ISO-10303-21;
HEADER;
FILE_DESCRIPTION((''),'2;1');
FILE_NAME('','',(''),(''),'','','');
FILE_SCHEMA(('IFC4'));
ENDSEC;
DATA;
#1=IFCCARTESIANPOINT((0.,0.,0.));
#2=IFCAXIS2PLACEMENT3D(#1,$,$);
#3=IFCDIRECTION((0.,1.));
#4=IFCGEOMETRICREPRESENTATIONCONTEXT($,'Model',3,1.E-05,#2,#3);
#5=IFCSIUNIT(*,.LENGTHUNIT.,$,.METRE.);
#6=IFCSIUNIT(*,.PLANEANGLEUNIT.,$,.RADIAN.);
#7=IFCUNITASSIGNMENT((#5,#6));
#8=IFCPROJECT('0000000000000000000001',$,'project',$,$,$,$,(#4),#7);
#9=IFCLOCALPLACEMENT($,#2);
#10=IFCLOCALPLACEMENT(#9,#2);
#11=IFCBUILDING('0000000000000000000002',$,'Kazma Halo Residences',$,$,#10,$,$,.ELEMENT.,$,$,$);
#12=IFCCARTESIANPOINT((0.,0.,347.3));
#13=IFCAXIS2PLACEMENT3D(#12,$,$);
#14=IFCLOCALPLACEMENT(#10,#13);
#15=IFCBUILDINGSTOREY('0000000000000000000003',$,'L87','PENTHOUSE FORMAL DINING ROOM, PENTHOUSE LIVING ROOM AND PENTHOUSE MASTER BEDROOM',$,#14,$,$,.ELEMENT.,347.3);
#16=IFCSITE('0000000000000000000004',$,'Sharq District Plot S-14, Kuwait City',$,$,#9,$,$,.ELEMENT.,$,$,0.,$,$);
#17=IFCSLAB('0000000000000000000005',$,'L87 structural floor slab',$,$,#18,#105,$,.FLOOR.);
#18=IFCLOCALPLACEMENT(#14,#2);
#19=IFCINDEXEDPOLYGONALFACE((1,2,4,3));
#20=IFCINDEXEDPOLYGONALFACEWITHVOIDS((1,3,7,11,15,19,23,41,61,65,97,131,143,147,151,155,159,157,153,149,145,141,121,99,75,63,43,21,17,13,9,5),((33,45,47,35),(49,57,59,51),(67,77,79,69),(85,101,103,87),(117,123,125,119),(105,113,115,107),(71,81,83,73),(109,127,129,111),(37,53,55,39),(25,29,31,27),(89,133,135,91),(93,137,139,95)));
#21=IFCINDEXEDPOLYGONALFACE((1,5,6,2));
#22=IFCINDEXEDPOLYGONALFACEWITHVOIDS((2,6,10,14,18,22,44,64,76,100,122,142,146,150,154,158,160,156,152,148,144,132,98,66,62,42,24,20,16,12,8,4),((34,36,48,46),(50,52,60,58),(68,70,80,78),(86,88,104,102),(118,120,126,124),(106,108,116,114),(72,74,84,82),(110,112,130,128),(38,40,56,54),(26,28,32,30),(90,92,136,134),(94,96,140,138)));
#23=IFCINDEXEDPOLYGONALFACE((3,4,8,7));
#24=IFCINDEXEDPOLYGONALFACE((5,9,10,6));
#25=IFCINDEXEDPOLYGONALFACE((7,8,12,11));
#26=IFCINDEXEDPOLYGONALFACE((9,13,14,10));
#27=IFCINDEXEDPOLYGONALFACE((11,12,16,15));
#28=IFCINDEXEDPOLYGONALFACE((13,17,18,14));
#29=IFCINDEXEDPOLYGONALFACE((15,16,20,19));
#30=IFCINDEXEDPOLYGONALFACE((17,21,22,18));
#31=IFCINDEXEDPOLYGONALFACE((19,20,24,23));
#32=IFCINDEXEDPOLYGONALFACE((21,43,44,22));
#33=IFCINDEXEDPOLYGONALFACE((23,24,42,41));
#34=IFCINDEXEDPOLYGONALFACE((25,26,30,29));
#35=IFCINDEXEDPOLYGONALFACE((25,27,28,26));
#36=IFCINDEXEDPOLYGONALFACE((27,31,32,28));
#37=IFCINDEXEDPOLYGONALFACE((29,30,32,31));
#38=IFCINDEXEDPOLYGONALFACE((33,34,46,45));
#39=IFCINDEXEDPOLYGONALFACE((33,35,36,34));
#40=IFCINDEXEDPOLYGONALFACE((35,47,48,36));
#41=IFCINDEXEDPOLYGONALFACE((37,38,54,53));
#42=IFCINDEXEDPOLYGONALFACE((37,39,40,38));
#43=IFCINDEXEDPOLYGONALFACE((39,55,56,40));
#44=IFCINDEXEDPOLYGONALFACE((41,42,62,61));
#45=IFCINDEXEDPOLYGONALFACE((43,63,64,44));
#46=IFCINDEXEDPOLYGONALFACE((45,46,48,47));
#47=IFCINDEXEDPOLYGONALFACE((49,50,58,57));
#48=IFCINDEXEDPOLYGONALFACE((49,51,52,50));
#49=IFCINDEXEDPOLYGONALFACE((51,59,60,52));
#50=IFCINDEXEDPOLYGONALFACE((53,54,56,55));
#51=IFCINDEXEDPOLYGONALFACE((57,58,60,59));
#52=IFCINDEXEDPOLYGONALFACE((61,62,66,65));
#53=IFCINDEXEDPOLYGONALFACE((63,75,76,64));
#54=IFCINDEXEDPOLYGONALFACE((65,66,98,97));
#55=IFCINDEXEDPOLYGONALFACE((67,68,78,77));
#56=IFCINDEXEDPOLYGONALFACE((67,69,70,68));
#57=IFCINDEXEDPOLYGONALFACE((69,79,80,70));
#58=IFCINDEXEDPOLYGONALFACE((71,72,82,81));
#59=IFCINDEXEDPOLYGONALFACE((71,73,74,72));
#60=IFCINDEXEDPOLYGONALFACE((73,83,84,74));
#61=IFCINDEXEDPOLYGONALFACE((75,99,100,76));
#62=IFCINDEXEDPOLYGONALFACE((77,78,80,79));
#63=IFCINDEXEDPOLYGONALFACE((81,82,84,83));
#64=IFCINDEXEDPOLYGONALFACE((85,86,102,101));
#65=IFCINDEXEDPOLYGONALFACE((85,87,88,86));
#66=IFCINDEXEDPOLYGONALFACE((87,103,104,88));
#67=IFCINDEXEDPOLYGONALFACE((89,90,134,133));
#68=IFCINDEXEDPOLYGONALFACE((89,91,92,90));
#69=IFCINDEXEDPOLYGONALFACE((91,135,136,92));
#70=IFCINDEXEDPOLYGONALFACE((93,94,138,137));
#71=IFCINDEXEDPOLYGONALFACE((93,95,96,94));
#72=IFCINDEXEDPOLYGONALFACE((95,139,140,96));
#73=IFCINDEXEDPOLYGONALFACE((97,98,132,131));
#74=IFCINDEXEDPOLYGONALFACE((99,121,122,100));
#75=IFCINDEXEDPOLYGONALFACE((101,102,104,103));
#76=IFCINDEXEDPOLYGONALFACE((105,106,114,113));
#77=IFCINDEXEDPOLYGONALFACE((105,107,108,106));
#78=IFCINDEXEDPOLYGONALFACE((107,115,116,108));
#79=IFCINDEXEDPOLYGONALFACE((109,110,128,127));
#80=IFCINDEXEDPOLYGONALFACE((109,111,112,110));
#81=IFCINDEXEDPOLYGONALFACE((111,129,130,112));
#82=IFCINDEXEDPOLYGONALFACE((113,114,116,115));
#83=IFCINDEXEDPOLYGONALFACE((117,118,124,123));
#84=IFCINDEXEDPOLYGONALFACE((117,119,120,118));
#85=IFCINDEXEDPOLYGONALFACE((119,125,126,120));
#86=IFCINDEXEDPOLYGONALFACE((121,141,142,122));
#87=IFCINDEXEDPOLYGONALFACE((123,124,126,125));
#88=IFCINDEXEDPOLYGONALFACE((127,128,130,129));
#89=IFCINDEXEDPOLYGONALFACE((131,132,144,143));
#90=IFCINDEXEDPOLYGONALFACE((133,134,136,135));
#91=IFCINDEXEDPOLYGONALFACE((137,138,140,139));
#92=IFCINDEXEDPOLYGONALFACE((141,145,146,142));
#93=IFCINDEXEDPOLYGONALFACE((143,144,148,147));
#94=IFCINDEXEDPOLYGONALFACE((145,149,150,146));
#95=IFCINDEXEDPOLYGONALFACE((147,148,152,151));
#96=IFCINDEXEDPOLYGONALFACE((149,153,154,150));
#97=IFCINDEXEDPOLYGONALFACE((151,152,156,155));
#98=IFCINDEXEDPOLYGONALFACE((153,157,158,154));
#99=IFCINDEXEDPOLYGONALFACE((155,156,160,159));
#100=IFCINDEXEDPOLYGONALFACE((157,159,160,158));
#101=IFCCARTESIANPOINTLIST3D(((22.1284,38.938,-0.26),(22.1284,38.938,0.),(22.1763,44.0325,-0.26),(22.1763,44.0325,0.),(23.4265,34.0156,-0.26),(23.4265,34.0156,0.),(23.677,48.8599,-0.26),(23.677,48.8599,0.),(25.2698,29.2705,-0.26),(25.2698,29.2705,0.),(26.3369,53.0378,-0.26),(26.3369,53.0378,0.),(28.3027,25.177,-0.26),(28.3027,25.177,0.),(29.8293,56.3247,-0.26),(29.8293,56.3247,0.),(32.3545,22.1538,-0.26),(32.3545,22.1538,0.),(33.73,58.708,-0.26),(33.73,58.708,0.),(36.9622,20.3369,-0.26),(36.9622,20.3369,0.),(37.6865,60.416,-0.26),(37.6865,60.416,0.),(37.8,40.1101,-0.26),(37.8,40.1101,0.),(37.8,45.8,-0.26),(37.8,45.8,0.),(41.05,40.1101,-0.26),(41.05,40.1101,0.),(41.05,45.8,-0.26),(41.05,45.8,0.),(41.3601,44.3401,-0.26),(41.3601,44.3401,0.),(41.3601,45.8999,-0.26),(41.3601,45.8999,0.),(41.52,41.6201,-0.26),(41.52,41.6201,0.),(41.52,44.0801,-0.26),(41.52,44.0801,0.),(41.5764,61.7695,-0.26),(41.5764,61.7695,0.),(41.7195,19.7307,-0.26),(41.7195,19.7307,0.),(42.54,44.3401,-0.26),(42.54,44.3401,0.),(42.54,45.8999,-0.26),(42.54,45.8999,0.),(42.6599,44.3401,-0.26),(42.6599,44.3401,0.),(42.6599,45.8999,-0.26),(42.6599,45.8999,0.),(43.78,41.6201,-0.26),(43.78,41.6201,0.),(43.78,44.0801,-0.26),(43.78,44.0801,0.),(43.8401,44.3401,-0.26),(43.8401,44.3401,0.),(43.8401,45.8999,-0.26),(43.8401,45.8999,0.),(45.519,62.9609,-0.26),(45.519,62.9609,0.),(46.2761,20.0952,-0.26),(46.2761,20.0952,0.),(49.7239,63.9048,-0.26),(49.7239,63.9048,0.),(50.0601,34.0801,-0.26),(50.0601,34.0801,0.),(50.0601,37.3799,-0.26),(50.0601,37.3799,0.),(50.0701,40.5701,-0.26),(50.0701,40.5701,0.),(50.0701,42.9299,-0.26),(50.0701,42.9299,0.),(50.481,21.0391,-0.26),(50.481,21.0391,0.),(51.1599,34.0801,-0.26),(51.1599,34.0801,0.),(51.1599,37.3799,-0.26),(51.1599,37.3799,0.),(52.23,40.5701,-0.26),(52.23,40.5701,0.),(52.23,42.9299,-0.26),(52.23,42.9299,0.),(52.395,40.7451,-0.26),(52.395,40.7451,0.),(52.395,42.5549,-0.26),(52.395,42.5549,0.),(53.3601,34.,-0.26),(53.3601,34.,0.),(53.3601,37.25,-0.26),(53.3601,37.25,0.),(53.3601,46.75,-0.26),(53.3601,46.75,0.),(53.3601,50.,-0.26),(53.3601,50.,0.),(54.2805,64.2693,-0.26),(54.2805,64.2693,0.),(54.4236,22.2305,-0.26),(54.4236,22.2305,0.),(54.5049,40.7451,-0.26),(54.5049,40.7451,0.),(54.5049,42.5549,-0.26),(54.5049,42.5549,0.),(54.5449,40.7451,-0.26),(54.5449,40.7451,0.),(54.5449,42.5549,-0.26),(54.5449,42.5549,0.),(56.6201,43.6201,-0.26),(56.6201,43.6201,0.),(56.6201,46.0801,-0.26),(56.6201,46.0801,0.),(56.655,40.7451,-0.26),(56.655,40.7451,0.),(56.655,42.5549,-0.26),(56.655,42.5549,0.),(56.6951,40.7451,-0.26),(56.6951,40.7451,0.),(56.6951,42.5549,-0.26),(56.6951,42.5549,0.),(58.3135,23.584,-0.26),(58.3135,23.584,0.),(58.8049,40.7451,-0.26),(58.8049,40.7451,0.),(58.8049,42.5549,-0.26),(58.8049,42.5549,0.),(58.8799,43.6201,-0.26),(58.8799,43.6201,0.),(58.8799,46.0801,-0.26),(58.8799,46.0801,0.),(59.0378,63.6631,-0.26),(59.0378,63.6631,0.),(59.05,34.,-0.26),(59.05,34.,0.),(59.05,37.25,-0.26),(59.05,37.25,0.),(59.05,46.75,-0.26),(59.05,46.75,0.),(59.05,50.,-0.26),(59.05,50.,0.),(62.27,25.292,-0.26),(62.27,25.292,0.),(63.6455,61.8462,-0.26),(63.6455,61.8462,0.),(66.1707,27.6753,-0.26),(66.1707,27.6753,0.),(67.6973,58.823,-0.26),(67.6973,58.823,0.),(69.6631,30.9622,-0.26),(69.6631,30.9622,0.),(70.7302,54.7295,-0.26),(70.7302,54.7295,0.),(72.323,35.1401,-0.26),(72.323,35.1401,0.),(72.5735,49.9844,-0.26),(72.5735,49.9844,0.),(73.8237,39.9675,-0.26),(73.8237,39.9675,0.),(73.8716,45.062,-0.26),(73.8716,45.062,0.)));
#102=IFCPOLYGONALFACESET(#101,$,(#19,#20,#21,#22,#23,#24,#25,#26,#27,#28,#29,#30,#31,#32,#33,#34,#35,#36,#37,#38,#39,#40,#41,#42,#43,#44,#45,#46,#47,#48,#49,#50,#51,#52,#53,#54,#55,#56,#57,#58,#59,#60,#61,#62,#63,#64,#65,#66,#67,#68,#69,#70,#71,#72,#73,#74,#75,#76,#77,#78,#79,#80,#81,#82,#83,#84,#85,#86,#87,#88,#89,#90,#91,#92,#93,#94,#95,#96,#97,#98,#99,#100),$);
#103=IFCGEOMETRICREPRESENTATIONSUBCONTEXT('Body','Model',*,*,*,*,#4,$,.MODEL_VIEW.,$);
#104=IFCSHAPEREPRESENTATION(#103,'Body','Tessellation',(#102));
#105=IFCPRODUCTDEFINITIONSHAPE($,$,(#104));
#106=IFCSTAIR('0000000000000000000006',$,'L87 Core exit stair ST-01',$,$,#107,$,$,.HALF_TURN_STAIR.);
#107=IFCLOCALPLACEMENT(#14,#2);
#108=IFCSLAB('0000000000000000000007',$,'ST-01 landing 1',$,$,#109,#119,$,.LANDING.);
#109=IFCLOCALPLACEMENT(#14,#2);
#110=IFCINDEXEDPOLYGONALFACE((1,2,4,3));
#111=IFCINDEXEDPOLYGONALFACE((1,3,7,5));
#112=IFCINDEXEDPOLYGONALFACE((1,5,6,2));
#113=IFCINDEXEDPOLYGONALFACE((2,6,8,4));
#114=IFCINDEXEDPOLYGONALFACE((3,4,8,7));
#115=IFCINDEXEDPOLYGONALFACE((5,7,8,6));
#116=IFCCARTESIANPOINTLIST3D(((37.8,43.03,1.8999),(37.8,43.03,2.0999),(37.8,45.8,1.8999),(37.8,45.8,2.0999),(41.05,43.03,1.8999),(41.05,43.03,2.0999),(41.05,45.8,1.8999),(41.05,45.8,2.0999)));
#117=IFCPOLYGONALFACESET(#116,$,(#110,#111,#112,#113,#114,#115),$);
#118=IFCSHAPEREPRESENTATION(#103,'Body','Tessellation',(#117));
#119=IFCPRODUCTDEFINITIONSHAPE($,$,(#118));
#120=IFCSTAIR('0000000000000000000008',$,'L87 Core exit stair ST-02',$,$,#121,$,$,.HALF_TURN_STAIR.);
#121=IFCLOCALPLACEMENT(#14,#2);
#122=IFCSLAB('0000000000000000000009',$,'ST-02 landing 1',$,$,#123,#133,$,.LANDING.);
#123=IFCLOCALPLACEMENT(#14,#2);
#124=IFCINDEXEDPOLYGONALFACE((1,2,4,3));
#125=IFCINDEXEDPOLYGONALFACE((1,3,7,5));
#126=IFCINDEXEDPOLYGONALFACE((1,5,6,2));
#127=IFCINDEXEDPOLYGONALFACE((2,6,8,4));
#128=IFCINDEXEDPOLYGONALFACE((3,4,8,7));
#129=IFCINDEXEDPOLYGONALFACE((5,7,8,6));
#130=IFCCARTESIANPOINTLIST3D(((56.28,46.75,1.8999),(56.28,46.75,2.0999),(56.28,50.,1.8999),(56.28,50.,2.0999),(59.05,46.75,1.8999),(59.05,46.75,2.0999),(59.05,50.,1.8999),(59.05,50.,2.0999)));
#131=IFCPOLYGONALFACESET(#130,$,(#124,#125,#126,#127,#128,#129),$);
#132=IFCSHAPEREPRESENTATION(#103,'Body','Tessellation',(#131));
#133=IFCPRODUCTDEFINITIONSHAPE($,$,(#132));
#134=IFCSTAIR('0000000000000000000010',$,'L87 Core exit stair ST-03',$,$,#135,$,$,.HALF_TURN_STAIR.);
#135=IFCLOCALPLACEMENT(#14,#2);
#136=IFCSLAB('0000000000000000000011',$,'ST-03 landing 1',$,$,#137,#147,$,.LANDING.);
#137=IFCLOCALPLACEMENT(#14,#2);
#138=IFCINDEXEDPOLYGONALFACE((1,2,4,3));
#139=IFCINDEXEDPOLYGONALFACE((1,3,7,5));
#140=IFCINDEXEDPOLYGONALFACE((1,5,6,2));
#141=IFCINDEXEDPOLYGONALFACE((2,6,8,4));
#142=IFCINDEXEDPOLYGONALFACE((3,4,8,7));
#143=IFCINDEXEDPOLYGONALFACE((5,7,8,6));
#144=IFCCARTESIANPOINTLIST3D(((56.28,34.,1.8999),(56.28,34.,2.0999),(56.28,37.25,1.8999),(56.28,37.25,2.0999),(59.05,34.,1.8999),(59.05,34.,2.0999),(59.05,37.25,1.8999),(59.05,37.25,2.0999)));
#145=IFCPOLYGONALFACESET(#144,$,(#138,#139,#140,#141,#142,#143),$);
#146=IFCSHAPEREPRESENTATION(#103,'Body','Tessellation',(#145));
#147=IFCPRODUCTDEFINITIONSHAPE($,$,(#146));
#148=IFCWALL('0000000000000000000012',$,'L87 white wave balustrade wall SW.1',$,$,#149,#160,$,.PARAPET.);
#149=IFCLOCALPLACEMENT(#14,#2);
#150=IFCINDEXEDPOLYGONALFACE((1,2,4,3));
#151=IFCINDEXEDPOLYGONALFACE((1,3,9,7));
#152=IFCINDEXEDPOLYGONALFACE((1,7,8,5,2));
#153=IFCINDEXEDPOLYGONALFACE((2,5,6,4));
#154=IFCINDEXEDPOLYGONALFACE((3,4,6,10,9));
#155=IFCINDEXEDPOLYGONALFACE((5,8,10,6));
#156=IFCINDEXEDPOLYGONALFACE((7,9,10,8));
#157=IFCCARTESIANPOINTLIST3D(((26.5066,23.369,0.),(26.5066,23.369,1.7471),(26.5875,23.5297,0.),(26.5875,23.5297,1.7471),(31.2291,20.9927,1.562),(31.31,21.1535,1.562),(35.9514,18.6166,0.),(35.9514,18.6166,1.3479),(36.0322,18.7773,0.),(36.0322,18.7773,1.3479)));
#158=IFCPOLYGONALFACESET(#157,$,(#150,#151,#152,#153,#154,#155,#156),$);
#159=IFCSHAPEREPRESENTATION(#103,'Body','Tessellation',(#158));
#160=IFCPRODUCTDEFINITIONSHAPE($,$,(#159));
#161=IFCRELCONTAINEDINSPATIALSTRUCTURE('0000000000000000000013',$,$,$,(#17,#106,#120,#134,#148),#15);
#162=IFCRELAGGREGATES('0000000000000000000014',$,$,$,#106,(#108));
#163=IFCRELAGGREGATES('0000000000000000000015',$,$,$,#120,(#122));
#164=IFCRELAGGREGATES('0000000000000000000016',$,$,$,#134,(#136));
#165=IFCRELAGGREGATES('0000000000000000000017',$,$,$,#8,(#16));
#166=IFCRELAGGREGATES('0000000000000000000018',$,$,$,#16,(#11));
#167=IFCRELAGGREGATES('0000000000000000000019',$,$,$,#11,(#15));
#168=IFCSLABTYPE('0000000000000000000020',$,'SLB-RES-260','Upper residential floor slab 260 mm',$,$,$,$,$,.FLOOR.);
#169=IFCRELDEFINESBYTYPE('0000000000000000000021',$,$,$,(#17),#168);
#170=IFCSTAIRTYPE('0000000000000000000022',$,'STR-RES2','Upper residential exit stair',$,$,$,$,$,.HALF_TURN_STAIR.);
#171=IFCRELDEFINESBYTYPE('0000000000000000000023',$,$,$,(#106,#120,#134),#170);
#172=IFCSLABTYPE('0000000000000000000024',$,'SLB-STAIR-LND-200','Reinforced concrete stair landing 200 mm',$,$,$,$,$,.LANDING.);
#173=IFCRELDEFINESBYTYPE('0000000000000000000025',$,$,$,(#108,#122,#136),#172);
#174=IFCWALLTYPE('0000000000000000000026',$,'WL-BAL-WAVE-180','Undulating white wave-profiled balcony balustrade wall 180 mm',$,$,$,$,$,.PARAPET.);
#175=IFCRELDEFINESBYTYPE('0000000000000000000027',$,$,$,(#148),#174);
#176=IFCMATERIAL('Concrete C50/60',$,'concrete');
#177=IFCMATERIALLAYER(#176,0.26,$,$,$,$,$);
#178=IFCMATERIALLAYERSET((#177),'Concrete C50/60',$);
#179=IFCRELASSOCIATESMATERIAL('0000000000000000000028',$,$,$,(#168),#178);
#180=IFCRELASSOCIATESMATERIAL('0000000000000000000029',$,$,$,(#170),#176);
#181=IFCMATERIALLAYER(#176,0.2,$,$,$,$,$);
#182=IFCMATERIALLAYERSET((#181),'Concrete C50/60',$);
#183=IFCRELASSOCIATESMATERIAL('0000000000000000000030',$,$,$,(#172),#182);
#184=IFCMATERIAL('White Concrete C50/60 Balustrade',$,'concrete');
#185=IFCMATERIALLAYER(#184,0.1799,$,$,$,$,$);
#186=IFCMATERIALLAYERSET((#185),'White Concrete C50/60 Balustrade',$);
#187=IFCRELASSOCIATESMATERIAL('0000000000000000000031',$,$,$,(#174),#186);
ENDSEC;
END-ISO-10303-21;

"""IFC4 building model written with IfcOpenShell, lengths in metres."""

from ifc_helpers import new_model, si_unit, direction, frame, origin, place, context, subcontext, project, spatial, polyline, outline, extrude, material, layer, layer_set, type_object, element, aggregate, save


model = new_model("IFC4")

# Units and contexts
model_context = context("Model", 3, precision=1e-05, world=origin(), true_north=direction((0.0, 1.0)))
body_context = subcontext(model_context, "Body", "Model", "MODEL_VIEW")
ifc_project = project(units=[si_unit("LENGTHUNIT", "METRE"), si_unit("PLANEANGLEUNIT", "RADIAN")], contexts=[model_context])

# Site, building, storey
site_placement = place(None, origin())
site = spatial("IfcSite", under=ifc_project, at=site_placement, Name="Sharq District Plot S-14, Kuwait City", CompositionType="ELEMENT", RefElevation=0.0)
building_placement = place(site_placement, origin())
building = spatial("IfcBuilding", under=site, at=building_placement, Name="Kazma Halo Residences", CompositionType="ELEMENT")
storey_placement = place(building_placement, frame((0.0, 0.0, 347.3)))
storey = spatial("IfcBuildingStorey", under=building, at=storey_placement, Name="L87", Description="PENTHOUSE FORMAL DINING ROOM, PENTHOUSE LIVING ROOM AND PENTHOUSE MASTER BEDROOM", CompositionType="ELEMENT", Elevation=347.3)

# Slab
ifc_material_1 = material(Name="Concrete C50/60", Category="concrete")
ifc_layer_1 = layer(ifc_material_1, 0.26)
ifc_layer_set_1 = layer_set([ifc_layer_1], Name="Concrete C50/60")
slab_type_1 = type_object("IfcSlabType", Name="SLB-RES-260", Description="Upper residential floor slab 260 mm", PredefinedType="FLOOR", material=ifc_layer_set_1)
slab_1_placement = place(storey_placement, frame((0.0, 0.0, -0.26)))
element("IfcSlab", 1, at=slab_1_placement, inside=storey, type_object=slab_type_1, Name="L87 structural floor slab", PredefinedType="FLOOR", context=body_context, shape_type="SweptSolid", body=[
    extrude(outline(polyline([(72.5735, 49.9844), (70.7302, 54.7295), (67.6973, 58.823), (63.6455, 61.8462), (59.0378, 63.6631), (54.2805, 64.2693), (49.7239, 63.9048), (45.519, 62.9609), (41.5764, 61.7695), (37.6865, 60.416), (33.73, 58.708), (29.8293, 56.3247), (26.3369, 53.0378), (23.677, 48.8599), (22.1763, 44.0325), (22.1284, 38.938), (23.4265, 34.0156), (25.2698, 29.2705), (28.3027, 25.177), (32.3545, 22.1538), (36.9622, 20.3369), (41.7195, 19.7307), (46.2761, 20.0952), (50.481, 21.0391), (54.4236, 22.2305), (58.3135, 23.584), (62.27, 25.292), (66.1707, 27.6753), (69.6631, 30.9622), (72.323, 35.1401), (73.8237, 39.9675), (73.8716, 45.062), (72.5735, 49.9844)]), holes=[polyline([(37.8, 40.1101), (41.05, 40.1101), (41.05, 45.8), (37.8, 45.8), (37.8, 40.1101)]), polyline([(53.3601, 46.75), (59.05, 46.75), (59.05, 50.0), (53.3601, 50.0), (53.3601, 46.75)]), polyline([(53.3601, 34.0), (59.05, 34.0), (59.05, 37.25), (53.3601, 37.25), (53.3601, 34.0)]), polyline([(41.52, 41.6201), (43.78, 41.6201), (43.78, 44.0801), (41.52, 44.0801), (41.52, 41.6201)]), polyline([(56.6201, 43.6201), (58.8799, 43.6201), (58.8799, 46.0801), (56.6201, 46.0801), (56.6201, 43.6201)]), polyline([(52.395, 40.7451), (54.5049, 40.7451), (54.5049, 42.5549), (52.395, 42.5549), (52.395, 40.7451)]), polyline([(54.5449, 40.7451), (56.655, 40.7451), (56.655, 42.5549), (54.5449, 42.5549), (54.5449, 40.7451)]), polyline([(56.6951, 40.7451), (58.8049, 40.7451), (58.8049, 42.5549), (56.6951, 42.5549), (56.6951, 40.7451)]), polyline([(50.0701, 40.5701), (52.23, 40.5701), (52.23, 42.9299), (50.0701, 42.9299), (50.0701, 40.5701)]), polyline([(41.3601, 44.3401), (42.54, 44.3401), (42.54, 45.8999), (41.3601, 45.8999), (41.3601, 44.3401)]), polyline([(42.6599, 44.3401), (43.8401, 44.3401), (43.8401, 45.8999), (42.6599, 45.8999), (42.6599, 44.3401)]), polyline([(50.0601, 34.0801), (51.1599, 34.0801), (51.1599, 37.3799), (50.0601, 37.3799), (50.0601, 34.0801)])]), origin(), (0.0, 0.0, 1.0), 0.26),
])

# Stairs, slabs
stair_type = type_object("IfcStairType", Name="STR-RES2", Description="Upper residential exit stair", PredefinedType="HALF_TURN_STAIR", material=ifc_material_1)
stair_1_placement = place(storey_placement, origin())
stair_1 = element("IfcStair", 2, at=stair_1_placement, inside=storey, type_object=stair_type, Name="L87 Core exit stair ST-01", PredefinedType="HALF_TURN_STAIR")
ifc_layer_2 = layer(ifc_material_1, 0.2)
ifc_layer_set_2 = layer_set([ifc_layer_2], Name="Concrete C50/60")
slab_type_2 = type_object("IfcSlabType", Name="SLB-STAIR-LND-200", Description="Reinforced concrete stair landing 200 mm", PredefinedType="LANDING", material=ifc_layer_set_2)
slab_2_placement = place(storey_placement, frame((0.0, 0.0, 1.8999)))
slab_2 = element("IfcSlab", 3, at=slab_2_placement, type_object=slab_type_2, Name="ST-01 landing 1", PredefinedType="LANDING", context=body_context, shape_type="SweptSolid", body=[
    extrude(outline(polyline([(41.05, 43.03), (41.05, 45.8), (37.8, 45.8), (37.8, 43.03), (41.05, 43.03)])), origin(), (0.0, 0.0, 1.0), 0.2),
])
aggregate(stair_1, [slab_2])
stair_2_placement = place(storey_placement, origin())
stair_2 = element("IfcStair", 4, at=stair_2_placement, inside=storey, type_object=stair_type, Name="L87 Core exit stair ST-02", PredefinedType="HALF_TURN_STAIR")
slab_3_placement = place(storey_placement, frame((0.0, 0.0, 1.8999)))
slab_3 = element("IfcSlab", 5, at=slab_3_placement, type_object=slab_type_2, Name="ST-02 landing 1", PredefinedType="LANDING", context=body_context, shape_type="SweptSolid", body=[
    extrude(outline(polyline([(56.28, 46.75), (59.05, 46.75), (59.05, 50.0), (56.28, 50.0), (56.28, 46.75)])), origin(), (0.0, 0.0, 1.0), 0.2),
])
aggregate(stair_2, [slab_3])
stair_3_placement = place(storey_placement, origin())
stair_3 = element("IfcStair", 6, at=stair_3_placement, inside=storey, type_object=stair_type, Name="L87 Core exit stair ST-03", PredefinedType="HALF_TURN_STAIR")
slab_4_placement = place(storey_placement, frame((0.0, 0.0, 1.8999)))
slab_4 = element("IfcSlab", 7, at=slab_4_placement, type_object=slab_type_2, Name="ST-03 landing 1", PredefinedType="LANDING", context=body_context, shape_type="SweptSolid", body=[
    extrude(outline(polyline([(56.28, 34.0), (59.05, 34.0), (59.05, 37.25), (56.28, 37.25), (56.28, 34.0)])), origin(), (0.0, 0.0, 1.0), 0.2),
])
aggregate(stair_3, [slab_4])

# Wall
ifc_material_2 = material(Name="White Concrete C50/60 Balustrade", Category="concrete")
ifc_layer_3 = layer(ifc_material_2, 0.1799)
ifc_layer_set_3 = layer_set([ifc_layer_3], Name="White Concrete C50/60 Balustrade")
wall_type_1 = type_object("IfcWallType", Name="WL-BAL-WAVE-180", Description="Undulating white wave-profiled balcony balustrade wall 180 mm", PredefinedType="PARAPET", material=ifc_layer_set_3)
wall_1_placement = place(storey_placement, frame((26.5471, 23.4495, 0.0), z_axis=(0.0, 0.0, 1.0), x_axis=(0.893288, -0.449484, 0.0)))
element("IfcWall", 8, at=wall_1_placement, inside=storey, type_object=wall_type_1, Name="L87 white wave balustrade wall SW.1", PredefinedType="PARAPET", context=body_context, shape_type="SweptSolid", body=[
    extrude(outline(polyline([(0.0, 0.0), (10.573, 0.0), (10.573, 1.3479), (5.2866, 1.562), (0.0, 1.7471), (0.0, 0.0)])), frame((0.0, 0.0898, 0.0), z_axis=(0.0, -1.0, 0.0), x_axis=(1.0, 0.0, 0.0)), (0.0, 0.0, 1.0), 0.1799),
])

save(model, "model.ifc")
